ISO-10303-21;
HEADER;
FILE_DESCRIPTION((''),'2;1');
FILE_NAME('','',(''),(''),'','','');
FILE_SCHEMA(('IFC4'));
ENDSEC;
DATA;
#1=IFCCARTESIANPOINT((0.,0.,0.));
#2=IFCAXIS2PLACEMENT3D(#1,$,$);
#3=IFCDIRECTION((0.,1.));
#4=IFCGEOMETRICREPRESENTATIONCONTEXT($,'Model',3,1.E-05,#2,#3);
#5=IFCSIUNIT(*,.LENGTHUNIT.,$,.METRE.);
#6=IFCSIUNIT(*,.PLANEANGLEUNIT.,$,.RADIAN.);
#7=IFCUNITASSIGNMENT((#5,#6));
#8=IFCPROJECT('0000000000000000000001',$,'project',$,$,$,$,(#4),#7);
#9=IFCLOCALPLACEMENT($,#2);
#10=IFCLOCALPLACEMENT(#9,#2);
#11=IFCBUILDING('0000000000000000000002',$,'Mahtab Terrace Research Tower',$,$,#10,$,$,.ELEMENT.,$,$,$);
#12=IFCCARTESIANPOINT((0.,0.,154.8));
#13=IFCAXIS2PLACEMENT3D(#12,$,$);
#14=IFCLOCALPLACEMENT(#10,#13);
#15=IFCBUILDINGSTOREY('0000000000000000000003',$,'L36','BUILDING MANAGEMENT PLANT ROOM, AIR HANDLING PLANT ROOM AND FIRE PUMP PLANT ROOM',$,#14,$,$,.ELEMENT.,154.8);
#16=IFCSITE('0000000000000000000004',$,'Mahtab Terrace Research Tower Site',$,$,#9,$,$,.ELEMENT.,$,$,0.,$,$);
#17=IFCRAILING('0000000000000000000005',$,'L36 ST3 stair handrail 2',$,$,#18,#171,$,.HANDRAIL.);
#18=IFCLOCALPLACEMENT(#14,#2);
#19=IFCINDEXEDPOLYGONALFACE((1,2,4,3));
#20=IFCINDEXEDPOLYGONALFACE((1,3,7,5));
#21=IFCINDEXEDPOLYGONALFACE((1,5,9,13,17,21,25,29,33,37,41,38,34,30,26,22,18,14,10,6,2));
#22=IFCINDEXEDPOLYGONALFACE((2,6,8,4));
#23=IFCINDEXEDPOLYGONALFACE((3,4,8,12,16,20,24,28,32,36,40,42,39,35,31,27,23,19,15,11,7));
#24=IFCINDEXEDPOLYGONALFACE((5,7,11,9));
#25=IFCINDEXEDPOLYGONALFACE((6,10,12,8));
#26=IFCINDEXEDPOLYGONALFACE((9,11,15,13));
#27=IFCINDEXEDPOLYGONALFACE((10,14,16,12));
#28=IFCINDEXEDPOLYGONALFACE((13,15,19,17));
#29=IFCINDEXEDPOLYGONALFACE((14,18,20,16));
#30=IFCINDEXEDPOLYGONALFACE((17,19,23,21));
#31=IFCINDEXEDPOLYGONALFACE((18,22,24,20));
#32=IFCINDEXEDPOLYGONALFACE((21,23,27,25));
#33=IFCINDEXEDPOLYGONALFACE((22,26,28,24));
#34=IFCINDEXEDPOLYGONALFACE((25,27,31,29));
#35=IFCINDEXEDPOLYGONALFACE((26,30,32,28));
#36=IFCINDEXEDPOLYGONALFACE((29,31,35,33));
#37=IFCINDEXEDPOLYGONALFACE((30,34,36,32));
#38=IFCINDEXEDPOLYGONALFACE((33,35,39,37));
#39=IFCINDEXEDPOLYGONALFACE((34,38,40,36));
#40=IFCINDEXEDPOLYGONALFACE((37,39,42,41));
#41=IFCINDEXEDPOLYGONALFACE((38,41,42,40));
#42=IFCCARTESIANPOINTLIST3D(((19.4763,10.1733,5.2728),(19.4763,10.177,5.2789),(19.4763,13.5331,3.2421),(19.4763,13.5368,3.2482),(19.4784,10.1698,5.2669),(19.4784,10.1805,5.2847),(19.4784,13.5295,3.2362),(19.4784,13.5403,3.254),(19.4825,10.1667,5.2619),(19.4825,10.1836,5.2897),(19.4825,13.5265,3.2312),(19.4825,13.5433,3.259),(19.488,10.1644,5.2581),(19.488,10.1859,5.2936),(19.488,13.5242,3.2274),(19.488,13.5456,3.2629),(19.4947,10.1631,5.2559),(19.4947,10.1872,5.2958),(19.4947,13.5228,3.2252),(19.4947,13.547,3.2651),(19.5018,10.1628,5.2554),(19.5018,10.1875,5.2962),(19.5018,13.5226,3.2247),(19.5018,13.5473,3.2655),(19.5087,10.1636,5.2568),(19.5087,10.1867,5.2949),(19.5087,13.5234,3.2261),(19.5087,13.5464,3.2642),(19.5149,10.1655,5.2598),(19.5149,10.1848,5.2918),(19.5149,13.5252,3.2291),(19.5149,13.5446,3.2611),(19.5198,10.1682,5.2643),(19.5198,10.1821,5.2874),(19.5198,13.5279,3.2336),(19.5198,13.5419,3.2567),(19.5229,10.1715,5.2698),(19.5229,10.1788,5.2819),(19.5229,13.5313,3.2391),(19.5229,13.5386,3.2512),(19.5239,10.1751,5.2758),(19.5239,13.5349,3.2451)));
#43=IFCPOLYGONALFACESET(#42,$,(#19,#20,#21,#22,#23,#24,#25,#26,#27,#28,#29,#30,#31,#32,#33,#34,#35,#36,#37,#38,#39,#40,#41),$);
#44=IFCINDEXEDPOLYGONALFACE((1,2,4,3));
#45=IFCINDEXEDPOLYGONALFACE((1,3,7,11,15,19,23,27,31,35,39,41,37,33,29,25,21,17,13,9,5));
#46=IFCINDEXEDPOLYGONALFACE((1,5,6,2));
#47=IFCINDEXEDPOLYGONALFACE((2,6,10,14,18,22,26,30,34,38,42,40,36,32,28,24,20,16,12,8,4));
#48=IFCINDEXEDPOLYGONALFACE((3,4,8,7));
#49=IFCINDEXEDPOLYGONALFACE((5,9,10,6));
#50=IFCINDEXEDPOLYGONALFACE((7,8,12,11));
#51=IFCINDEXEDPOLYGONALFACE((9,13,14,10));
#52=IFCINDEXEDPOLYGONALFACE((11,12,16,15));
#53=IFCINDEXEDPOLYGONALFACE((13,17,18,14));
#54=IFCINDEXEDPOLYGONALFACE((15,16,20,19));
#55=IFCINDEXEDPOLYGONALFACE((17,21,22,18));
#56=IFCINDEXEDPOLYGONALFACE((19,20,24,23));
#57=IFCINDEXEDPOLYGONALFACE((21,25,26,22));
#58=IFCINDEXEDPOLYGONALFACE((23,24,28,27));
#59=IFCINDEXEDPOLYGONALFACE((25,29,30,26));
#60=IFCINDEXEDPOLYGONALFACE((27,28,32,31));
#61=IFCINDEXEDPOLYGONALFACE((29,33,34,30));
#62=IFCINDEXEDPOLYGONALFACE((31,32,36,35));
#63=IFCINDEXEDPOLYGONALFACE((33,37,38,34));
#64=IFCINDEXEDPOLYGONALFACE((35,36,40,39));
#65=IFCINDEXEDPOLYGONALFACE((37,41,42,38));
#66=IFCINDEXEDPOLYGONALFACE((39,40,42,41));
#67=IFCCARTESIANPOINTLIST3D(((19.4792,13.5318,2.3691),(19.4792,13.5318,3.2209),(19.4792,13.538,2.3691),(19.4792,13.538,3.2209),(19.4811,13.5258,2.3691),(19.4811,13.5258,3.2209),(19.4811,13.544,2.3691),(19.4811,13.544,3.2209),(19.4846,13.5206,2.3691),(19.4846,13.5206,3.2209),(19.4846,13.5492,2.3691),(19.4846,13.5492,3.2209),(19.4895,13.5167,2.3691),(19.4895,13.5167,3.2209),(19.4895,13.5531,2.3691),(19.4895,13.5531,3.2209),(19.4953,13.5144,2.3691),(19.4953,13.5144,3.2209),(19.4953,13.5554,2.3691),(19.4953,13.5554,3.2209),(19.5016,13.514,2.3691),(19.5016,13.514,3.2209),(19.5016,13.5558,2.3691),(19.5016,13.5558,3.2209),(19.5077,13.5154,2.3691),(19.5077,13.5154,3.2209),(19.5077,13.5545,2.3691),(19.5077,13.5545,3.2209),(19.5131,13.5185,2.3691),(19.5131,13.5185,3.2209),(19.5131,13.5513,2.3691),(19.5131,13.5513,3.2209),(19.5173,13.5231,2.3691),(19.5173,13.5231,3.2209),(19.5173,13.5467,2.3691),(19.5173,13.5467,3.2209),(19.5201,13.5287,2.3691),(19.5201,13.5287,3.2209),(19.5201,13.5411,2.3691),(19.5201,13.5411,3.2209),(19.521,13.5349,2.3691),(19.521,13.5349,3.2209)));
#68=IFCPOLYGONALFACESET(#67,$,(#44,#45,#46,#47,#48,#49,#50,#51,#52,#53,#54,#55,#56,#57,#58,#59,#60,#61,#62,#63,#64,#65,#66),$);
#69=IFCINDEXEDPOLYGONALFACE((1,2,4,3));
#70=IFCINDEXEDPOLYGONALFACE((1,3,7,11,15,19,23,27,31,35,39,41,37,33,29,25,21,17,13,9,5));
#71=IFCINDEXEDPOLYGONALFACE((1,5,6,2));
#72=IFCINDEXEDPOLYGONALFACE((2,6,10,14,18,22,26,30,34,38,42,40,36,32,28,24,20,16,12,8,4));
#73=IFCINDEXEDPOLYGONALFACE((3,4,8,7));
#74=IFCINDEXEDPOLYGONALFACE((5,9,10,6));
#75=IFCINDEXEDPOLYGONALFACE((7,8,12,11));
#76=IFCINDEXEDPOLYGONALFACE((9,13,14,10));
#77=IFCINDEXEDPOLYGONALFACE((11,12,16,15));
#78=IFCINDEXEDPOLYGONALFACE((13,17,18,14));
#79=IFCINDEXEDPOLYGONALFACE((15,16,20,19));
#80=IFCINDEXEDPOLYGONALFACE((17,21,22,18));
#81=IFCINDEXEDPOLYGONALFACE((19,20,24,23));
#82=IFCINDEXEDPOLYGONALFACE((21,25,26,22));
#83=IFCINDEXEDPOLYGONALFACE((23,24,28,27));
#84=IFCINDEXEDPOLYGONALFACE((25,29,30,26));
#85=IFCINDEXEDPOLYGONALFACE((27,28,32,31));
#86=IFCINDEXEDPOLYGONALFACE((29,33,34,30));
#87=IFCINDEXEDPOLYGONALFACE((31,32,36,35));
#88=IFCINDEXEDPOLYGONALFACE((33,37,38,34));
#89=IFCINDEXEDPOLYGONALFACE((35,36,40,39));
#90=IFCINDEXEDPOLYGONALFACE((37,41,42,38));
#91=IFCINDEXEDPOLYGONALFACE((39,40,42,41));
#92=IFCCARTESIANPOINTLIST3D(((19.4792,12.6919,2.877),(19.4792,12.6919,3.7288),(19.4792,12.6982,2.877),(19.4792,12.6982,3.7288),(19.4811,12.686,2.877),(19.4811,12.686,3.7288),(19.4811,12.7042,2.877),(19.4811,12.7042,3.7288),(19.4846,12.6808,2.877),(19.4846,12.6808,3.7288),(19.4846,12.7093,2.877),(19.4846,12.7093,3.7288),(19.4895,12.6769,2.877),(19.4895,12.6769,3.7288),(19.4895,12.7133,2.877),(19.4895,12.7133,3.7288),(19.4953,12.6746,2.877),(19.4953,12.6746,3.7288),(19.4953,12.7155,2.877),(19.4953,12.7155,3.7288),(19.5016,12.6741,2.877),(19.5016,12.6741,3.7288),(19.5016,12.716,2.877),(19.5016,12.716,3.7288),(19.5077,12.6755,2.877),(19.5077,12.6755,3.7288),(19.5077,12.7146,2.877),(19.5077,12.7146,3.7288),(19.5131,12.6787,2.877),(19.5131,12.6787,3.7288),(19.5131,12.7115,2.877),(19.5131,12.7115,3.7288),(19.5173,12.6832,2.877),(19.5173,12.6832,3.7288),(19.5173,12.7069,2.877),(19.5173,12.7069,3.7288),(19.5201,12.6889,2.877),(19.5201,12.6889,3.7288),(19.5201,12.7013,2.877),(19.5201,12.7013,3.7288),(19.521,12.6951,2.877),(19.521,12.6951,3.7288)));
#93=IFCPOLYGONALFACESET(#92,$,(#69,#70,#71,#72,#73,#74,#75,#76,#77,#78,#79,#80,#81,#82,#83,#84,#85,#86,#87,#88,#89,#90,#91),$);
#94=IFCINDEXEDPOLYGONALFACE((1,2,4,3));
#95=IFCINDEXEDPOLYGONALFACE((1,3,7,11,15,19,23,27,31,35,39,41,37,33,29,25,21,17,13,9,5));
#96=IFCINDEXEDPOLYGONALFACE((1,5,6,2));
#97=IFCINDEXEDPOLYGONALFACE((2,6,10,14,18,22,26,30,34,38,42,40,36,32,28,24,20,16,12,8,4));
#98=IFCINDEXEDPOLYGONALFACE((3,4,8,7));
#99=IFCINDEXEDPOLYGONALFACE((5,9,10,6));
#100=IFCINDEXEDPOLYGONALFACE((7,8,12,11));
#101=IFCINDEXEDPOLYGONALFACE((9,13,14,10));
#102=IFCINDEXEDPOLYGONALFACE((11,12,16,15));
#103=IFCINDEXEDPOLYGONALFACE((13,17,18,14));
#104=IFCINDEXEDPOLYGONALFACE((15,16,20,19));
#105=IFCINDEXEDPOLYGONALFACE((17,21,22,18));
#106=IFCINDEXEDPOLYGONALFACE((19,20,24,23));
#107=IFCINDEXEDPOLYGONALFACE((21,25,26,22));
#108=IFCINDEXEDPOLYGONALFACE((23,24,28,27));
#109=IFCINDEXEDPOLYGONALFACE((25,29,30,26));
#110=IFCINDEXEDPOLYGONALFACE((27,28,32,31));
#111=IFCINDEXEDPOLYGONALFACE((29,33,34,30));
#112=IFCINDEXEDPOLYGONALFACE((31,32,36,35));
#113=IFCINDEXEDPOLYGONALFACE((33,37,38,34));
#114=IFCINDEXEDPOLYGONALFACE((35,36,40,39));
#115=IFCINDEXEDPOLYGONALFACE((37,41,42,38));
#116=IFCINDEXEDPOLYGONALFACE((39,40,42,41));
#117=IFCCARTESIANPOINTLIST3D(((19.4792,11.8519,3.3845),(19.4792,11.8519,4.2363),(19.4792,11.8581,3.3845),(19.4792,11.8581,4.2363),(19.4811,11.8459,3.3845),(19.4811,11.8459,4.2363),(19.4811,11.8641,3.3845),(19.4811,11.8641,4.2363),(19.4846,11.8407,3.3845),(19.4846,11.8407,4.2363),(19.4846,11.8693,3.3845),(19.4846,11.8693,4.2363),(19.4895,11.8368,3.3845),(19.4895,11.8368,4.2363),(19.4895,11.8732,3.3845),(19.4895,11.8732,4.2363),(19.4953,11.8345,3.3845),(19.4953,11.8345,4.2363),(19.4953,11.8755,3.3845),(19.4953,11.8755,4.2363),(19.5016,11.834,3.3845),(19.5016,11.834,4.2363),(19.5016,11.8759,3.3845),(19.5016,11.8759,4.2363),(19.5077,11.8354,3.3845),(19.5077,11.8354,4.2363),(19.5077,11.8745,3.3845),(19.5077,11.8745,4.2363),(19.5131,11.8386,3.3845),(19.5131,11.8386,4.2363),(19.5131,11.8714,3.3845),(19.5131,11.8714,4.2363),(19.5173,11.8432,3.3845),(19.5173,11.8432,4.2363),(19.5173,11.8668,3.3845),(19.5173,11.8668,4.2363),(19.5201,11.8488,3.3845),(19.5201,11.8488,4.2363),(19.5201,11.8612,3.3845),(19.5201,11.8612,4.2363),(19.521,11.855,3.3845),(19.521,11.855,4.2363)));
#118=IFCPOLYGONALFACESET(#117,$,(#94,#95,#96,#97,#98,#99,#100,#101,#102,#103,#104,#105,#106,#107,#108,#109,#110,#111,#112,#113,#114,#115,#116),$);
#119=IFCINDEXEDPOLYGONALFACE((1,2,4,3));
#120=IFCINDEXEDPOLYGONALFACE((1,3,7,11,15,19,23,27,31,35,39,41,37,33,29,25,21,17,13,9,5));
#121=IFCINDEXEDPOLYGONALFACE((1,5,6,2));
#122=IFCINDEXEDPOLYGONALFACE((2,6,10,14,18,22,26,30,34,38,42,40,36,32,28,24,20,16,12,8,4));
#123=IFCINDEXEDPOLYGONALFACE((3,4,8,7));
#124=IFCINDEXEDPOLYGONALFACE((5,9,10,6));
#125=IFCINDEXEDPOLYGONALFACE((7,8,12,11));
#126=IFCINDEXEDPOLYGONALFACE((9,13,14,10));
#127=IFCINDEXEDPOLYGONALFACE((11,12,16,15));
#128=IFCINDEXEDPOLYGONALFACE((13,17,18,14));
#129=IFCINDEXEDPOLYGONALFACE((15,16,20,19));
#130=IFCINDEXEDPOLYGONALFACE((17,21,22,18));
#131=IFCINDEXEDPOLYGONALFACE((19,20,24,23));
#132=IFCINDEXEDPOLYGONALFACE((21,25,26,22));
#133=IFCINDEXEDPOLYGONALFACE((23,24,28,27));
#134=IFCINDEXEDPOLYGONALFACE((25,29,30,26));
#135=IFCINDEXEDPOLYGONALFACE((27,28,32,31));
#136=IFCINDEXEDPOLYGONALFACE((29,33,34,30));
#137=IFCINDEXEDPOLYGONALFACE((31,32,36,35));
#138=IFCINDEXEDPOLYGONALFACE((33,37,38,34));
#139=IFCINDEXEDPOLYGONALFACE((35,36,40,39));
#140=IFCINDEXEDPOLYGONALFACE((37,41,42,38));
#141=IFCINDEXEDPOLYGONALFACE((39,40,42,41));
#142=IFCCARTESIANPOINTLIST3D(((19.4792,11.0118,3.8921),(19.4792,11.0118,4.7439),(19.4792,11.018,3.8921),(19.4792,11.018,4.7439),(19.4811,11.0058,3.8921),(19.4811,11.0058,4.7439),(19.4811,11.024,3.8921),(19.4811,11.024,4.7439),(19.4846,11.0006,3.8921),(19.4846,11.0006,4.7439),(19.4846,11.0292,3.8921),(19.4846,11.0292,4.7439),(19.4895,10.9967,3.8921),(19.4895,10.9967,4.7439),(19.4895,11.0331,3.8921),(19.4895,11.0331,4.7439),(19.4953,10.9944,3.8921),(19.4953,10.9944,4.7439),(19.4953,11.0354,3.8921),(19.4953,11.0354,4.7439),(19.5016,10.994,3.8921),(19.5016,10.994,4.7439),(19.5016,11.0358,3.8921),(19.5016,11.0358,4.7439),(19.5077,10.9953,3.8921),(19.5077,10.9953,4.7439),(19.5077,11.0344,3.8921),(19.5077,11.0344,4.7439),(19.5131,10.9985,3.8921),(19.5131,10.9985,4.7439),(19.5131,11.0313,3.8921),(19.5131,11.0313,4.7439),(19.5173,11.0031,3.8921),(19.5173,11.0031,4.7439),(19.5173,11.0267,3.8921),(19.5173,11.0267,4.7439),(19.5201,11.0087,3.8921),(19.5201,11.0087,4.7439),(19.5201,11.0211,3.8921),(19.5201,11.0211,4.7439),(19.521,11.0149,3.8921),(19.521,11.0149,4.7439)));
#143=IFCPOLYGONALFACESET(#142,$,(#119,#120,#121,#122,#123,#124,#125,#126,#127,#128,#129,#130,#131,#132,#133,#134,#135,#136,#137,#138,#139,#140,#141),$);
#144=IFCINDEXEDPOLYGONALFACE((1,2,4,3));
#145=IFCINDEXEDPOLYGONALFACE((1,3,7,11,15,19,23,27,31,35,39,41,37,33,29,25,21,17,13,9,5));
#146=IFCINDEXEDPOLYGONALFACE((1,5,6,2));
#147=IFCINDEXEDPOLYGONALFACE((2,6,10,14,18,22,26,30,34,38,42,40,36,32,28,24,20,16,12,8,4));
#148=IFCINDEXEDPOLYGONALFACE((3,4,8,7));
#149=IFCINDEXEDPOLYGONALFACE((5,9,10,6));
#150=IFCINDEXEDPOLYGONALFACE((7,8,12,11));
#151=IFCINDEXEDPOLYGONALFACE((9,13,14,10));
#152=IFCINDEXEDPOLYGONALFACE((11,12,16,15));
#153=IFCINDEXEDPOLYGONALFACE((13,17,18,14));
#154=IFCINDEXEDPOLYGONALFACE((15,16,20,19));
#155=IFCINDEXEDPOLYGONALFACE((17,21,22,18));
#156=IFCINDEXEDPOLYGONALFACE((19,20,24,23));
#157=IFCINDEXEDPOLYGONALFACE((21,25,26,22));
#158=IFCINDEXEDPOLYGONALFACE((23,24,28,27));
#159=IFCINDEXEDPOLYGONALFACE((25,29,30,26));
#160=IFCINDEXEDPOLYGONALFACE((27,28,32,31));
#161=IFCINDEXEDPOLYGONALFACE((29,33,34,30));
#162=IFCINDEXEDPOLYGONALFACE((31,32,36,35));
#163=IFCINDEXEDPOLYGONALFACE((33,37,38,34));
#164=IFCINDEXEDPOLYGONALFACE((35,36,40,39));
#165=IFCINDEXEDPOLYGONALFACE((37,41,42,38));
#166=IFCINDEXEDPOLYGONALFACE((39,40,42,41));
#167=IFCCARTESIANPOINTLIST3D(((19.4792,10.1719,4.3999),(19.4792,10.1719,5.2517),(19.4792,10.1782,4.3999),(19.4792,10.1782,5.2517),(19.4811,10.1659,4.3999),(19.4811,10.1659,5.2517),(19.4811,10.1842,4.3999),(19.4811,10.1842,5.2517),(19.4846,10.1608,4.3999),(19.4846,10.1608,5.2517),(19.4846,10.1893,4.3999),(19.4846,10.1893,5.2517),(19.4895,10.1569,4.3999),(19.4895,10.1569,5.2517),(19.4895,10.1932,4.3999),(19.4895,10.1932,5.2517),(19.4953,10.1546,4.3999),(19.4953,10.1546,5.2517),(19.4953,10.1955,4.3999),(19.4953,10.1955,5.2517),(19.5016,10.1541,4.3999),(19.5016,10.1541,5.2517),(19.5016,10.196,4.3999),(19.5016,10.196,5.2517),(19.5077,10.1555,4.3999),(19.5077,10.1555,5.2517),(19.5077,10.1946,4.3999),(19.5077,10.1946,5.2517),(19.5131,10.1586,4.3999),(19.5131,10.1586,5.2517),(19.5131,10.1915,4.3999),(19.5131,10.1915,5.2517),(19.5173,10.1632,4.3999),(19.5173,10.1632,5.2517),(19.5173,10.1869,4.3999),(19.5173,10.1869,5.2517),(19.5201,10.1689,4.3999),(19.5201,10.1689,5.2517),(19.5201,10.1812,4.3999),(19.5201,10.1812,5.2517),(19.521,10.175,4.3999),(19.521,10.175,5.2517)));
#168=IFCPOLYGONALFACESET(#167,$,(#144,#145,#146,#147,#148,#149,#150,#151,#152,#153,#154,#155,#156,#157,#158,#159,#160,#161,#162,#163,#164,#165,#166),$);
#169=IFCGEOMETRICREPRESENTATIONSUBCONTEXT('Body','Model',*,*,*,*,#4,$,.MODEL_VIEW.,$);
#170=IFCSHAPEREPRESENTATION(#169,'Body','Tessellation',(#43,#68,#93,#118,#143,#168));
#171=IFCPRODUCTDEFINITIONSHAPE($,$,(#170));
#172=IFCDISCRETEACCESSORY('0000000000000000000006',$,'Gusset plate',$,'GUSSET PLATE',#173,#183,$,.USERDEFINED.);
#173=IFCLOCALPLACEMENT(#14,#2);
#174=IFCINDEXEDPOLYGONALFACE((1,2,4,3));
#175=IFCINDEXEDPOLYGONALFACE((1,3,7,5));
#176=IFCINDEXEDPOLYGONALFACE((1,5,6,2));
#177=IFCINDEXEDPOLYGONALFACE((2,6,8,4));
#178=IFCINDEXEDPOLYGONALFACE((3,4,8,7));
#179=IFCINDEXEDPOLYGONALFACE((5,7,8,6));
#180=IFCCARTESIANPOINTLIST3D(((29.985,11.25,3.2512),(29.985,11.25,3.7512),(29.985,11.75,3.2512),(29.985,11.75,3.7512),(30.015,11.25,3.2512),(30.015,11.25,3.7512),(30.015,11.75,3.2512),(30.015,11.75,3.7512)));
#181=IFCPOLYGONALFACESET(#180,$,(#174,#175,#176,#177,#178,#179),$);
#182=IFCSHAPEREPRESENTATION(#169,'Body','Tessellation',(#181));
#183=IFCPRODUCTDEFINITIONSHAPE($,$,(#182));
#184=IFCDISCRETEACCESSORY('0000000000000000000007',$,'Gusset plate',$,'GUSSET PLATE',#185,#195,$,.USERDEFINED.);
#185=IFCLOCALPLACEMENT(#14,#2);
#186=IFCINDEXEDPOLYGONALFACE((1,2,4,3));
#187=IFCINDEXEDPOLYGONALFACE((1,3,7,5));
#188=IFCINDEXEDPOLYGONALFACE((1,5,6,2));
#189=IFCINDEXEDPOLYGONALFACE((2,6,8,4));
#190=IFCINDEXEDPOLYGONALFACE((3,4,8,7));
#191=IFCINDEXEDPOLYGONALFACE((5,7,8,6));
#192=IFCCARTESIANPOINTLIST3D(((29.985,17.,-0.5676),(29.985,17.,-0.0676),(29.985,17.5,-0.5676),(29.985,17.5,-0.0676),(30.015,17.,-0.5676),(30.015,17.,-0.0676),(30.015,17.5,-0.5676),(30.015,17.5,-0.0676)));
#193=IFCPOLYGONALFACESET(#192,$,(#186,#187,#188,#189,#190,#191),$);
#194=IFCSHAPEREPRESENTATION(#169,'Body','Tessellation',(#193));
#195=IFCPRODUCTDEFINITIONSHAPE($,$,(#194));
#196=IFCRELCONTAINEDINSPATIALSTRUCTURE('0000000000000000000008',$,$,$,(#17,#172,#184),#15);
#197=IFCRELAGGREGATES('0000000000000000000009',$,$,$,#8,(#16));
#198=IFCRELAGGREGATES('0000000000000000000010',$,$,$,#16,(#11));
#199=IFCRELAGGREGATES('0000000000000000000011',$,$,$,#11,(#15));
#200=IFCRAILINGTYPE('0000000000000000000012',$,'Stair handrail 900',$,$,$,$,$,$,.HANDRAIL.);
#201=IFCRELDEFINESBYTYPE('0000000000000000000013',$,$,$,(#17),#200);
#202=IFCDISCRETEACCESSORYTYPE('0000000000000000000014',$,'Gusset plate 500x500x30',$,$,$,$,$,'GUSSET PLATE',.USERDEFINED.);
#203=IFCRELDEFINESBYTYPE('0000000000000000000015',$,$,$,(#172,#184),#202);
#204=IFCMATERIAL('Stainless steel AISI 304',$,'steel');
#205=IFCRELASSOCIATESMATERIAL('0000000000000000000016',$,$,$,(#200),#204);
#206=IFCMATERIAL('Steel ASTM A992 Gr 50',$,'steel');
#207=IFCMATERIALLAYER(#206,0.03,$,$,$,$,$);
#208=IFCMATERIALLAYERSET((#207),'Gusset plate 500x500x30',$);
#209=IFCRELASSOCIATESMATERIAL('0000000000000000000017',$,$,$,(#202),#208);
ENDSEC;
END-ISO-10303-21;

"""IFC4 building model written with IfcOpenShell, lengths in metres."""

from ifc_helpers import new_model, si_unit, direction, frame, origin, origin_2d, place, context, subcontext, project, spatial, rectangle, circle, extrude, material, layer, layer_set, type_object, element, save


model = new_model("IFC4")

# Units and contexts
model_context = context("Model", 3, precision=1e-05, world=origin(), true_north=direction((0.0, 1.0)))
body_context = subcontext(model_context, "Body", "Model", "MODEL_VIEW")
ifc_project = project(units=[si_unit("LENGTHUNIT", "METRE"), si_unit("PLANEANGLEUNIT", "RADIAN")], contexts=[model_context])

# Site, building, storey
site_placement = place(None, origin())
site = spatial("IfcSite", under=ifc_project, at=site_placement, Name="Mahtab Terrace Research Tower Site", CompositionType="ELEMENT", RefElevation=0.0)
building_placement = place(site_placement, origin())
building = spatial("IfcBuilding", under=site, at=building_placement, Name="Mahtab Terrace Research Tower", CompositionType="ELEMENT")
storey_placement = place(building_placement, frame((0.0, 0.0, 154.8)))
storey = spatial("IfcBuildingStorey", under=building, at=storey_placement, Name="L36", Description="BUILDING MANAGEMENT PLANT ROOM, AIR HANDLING PLANT ROOM AND FIRE PUMP PLANT ROOM", CompositionType="ELEMENT", Elevation=154.8)

# Shared definitions
ifc_material_1 = material(Name="Steel ASTM A992 Gr 50", Category="steel")

# Shared definitions
ifc_material_2 = material(Name="Stainless steel AISI 304", Category="steel")

# Railing
railing_type_1 = type_object("IfcRailingType", Name="Stair handrail 900", PredefinedType="HANDRAIL", material=ifc_material_2)
railing_1_placement = place(storey_placement, frame((19.5, 13.5349, 2.3691)))
element("IfcRailing", 1, at=railing_1_placement, inside=storey, type_object=railing_type_1, Name="L36 ST3 stair handrail 2", PredefinedType="HANDRAIL", context=body_context, shape_type="SweptSolid", body=[
    extrude(circle(Radius=0.0239, at=origin_2d()), frame((0.0, 0.0, 0.876), z_axis=(0.0, -0.85582, 0.517273), x_axis=(1.0, 0.0, 0.0)), (0.0, 0.0, 1.0), 3.9258),
    extrude(circle(Radius=0.021, at=origin_2d()), origin(), (0.0, 0.0, 1.0), 0.8518),
    extrude(circle(Radius=0.021, at=origin_2d()), frame((0.0, -0.8398, 0.5078)), (0.0, 0.0, 1.0), 0.8518),
    extrude(circle(Radius=0.021, at=origin_2d()), frame((0.0, -1.6799, 1.0154)), (0.0, 0.0, 1.0), 0.8518),
    extrude(circle(Radius=0.021, at=origin_2d()), frame((0.0, -2.52, 1.5229)), (0.0, 0.0, 1.0), 0.8518),
    extrude(circle(Radius=0.021, at=origin_2d()), frame((0.0, -3.3599, 2.0308)), (0.0, 0.0, 1.0), 0.8518),
])

# Discrete accessories
ifc_layer_1 = layer(ifc_material_1, 0.03)
ifc_layer_set_1 = layer_set([ifc_layer_1], Name="Gusset plate 500x500x30")
discrete_accessory_type = type_object("IfcDiscreteAccessoryType", Name="Gusset plate 500x500x30", ElementType="GUSSET PLATE", PredefinedType="USERDEFINED", material=ifc_layer_set_1)
for number, where, z_axis, x_axis, name in (
    (2, (30.0, 11.5, 3.2512), (0.0, 0.0, 1.0), (0.0, 1.0, 0.0), "Gusset plate"),
    (3, (30.0, 17.25, -0.5676), (0.0, 0.0, 1.0), (0.0, 1.0, 0.0), "Gusset plate"),
):
    element("IfcDiscreteAccessory", number, at=place(storey_placement, frame(where, z_axis=z_axis, x_axis=x_axis)), inside=storey, type_object=discrete_accessory_type, Name=name, ObjectType="GUSSET PLATE", PredefinedType="USERDEFINED", context=body_context, shape_type="SweptSolid", body=[
        extrude(rectangle(XDim=0.5, YDim=0.03, at=origin_2d()), origin(), (0.0, 0.0, 1.0), 0.5),
    ])

save(model, "model.ifc")
